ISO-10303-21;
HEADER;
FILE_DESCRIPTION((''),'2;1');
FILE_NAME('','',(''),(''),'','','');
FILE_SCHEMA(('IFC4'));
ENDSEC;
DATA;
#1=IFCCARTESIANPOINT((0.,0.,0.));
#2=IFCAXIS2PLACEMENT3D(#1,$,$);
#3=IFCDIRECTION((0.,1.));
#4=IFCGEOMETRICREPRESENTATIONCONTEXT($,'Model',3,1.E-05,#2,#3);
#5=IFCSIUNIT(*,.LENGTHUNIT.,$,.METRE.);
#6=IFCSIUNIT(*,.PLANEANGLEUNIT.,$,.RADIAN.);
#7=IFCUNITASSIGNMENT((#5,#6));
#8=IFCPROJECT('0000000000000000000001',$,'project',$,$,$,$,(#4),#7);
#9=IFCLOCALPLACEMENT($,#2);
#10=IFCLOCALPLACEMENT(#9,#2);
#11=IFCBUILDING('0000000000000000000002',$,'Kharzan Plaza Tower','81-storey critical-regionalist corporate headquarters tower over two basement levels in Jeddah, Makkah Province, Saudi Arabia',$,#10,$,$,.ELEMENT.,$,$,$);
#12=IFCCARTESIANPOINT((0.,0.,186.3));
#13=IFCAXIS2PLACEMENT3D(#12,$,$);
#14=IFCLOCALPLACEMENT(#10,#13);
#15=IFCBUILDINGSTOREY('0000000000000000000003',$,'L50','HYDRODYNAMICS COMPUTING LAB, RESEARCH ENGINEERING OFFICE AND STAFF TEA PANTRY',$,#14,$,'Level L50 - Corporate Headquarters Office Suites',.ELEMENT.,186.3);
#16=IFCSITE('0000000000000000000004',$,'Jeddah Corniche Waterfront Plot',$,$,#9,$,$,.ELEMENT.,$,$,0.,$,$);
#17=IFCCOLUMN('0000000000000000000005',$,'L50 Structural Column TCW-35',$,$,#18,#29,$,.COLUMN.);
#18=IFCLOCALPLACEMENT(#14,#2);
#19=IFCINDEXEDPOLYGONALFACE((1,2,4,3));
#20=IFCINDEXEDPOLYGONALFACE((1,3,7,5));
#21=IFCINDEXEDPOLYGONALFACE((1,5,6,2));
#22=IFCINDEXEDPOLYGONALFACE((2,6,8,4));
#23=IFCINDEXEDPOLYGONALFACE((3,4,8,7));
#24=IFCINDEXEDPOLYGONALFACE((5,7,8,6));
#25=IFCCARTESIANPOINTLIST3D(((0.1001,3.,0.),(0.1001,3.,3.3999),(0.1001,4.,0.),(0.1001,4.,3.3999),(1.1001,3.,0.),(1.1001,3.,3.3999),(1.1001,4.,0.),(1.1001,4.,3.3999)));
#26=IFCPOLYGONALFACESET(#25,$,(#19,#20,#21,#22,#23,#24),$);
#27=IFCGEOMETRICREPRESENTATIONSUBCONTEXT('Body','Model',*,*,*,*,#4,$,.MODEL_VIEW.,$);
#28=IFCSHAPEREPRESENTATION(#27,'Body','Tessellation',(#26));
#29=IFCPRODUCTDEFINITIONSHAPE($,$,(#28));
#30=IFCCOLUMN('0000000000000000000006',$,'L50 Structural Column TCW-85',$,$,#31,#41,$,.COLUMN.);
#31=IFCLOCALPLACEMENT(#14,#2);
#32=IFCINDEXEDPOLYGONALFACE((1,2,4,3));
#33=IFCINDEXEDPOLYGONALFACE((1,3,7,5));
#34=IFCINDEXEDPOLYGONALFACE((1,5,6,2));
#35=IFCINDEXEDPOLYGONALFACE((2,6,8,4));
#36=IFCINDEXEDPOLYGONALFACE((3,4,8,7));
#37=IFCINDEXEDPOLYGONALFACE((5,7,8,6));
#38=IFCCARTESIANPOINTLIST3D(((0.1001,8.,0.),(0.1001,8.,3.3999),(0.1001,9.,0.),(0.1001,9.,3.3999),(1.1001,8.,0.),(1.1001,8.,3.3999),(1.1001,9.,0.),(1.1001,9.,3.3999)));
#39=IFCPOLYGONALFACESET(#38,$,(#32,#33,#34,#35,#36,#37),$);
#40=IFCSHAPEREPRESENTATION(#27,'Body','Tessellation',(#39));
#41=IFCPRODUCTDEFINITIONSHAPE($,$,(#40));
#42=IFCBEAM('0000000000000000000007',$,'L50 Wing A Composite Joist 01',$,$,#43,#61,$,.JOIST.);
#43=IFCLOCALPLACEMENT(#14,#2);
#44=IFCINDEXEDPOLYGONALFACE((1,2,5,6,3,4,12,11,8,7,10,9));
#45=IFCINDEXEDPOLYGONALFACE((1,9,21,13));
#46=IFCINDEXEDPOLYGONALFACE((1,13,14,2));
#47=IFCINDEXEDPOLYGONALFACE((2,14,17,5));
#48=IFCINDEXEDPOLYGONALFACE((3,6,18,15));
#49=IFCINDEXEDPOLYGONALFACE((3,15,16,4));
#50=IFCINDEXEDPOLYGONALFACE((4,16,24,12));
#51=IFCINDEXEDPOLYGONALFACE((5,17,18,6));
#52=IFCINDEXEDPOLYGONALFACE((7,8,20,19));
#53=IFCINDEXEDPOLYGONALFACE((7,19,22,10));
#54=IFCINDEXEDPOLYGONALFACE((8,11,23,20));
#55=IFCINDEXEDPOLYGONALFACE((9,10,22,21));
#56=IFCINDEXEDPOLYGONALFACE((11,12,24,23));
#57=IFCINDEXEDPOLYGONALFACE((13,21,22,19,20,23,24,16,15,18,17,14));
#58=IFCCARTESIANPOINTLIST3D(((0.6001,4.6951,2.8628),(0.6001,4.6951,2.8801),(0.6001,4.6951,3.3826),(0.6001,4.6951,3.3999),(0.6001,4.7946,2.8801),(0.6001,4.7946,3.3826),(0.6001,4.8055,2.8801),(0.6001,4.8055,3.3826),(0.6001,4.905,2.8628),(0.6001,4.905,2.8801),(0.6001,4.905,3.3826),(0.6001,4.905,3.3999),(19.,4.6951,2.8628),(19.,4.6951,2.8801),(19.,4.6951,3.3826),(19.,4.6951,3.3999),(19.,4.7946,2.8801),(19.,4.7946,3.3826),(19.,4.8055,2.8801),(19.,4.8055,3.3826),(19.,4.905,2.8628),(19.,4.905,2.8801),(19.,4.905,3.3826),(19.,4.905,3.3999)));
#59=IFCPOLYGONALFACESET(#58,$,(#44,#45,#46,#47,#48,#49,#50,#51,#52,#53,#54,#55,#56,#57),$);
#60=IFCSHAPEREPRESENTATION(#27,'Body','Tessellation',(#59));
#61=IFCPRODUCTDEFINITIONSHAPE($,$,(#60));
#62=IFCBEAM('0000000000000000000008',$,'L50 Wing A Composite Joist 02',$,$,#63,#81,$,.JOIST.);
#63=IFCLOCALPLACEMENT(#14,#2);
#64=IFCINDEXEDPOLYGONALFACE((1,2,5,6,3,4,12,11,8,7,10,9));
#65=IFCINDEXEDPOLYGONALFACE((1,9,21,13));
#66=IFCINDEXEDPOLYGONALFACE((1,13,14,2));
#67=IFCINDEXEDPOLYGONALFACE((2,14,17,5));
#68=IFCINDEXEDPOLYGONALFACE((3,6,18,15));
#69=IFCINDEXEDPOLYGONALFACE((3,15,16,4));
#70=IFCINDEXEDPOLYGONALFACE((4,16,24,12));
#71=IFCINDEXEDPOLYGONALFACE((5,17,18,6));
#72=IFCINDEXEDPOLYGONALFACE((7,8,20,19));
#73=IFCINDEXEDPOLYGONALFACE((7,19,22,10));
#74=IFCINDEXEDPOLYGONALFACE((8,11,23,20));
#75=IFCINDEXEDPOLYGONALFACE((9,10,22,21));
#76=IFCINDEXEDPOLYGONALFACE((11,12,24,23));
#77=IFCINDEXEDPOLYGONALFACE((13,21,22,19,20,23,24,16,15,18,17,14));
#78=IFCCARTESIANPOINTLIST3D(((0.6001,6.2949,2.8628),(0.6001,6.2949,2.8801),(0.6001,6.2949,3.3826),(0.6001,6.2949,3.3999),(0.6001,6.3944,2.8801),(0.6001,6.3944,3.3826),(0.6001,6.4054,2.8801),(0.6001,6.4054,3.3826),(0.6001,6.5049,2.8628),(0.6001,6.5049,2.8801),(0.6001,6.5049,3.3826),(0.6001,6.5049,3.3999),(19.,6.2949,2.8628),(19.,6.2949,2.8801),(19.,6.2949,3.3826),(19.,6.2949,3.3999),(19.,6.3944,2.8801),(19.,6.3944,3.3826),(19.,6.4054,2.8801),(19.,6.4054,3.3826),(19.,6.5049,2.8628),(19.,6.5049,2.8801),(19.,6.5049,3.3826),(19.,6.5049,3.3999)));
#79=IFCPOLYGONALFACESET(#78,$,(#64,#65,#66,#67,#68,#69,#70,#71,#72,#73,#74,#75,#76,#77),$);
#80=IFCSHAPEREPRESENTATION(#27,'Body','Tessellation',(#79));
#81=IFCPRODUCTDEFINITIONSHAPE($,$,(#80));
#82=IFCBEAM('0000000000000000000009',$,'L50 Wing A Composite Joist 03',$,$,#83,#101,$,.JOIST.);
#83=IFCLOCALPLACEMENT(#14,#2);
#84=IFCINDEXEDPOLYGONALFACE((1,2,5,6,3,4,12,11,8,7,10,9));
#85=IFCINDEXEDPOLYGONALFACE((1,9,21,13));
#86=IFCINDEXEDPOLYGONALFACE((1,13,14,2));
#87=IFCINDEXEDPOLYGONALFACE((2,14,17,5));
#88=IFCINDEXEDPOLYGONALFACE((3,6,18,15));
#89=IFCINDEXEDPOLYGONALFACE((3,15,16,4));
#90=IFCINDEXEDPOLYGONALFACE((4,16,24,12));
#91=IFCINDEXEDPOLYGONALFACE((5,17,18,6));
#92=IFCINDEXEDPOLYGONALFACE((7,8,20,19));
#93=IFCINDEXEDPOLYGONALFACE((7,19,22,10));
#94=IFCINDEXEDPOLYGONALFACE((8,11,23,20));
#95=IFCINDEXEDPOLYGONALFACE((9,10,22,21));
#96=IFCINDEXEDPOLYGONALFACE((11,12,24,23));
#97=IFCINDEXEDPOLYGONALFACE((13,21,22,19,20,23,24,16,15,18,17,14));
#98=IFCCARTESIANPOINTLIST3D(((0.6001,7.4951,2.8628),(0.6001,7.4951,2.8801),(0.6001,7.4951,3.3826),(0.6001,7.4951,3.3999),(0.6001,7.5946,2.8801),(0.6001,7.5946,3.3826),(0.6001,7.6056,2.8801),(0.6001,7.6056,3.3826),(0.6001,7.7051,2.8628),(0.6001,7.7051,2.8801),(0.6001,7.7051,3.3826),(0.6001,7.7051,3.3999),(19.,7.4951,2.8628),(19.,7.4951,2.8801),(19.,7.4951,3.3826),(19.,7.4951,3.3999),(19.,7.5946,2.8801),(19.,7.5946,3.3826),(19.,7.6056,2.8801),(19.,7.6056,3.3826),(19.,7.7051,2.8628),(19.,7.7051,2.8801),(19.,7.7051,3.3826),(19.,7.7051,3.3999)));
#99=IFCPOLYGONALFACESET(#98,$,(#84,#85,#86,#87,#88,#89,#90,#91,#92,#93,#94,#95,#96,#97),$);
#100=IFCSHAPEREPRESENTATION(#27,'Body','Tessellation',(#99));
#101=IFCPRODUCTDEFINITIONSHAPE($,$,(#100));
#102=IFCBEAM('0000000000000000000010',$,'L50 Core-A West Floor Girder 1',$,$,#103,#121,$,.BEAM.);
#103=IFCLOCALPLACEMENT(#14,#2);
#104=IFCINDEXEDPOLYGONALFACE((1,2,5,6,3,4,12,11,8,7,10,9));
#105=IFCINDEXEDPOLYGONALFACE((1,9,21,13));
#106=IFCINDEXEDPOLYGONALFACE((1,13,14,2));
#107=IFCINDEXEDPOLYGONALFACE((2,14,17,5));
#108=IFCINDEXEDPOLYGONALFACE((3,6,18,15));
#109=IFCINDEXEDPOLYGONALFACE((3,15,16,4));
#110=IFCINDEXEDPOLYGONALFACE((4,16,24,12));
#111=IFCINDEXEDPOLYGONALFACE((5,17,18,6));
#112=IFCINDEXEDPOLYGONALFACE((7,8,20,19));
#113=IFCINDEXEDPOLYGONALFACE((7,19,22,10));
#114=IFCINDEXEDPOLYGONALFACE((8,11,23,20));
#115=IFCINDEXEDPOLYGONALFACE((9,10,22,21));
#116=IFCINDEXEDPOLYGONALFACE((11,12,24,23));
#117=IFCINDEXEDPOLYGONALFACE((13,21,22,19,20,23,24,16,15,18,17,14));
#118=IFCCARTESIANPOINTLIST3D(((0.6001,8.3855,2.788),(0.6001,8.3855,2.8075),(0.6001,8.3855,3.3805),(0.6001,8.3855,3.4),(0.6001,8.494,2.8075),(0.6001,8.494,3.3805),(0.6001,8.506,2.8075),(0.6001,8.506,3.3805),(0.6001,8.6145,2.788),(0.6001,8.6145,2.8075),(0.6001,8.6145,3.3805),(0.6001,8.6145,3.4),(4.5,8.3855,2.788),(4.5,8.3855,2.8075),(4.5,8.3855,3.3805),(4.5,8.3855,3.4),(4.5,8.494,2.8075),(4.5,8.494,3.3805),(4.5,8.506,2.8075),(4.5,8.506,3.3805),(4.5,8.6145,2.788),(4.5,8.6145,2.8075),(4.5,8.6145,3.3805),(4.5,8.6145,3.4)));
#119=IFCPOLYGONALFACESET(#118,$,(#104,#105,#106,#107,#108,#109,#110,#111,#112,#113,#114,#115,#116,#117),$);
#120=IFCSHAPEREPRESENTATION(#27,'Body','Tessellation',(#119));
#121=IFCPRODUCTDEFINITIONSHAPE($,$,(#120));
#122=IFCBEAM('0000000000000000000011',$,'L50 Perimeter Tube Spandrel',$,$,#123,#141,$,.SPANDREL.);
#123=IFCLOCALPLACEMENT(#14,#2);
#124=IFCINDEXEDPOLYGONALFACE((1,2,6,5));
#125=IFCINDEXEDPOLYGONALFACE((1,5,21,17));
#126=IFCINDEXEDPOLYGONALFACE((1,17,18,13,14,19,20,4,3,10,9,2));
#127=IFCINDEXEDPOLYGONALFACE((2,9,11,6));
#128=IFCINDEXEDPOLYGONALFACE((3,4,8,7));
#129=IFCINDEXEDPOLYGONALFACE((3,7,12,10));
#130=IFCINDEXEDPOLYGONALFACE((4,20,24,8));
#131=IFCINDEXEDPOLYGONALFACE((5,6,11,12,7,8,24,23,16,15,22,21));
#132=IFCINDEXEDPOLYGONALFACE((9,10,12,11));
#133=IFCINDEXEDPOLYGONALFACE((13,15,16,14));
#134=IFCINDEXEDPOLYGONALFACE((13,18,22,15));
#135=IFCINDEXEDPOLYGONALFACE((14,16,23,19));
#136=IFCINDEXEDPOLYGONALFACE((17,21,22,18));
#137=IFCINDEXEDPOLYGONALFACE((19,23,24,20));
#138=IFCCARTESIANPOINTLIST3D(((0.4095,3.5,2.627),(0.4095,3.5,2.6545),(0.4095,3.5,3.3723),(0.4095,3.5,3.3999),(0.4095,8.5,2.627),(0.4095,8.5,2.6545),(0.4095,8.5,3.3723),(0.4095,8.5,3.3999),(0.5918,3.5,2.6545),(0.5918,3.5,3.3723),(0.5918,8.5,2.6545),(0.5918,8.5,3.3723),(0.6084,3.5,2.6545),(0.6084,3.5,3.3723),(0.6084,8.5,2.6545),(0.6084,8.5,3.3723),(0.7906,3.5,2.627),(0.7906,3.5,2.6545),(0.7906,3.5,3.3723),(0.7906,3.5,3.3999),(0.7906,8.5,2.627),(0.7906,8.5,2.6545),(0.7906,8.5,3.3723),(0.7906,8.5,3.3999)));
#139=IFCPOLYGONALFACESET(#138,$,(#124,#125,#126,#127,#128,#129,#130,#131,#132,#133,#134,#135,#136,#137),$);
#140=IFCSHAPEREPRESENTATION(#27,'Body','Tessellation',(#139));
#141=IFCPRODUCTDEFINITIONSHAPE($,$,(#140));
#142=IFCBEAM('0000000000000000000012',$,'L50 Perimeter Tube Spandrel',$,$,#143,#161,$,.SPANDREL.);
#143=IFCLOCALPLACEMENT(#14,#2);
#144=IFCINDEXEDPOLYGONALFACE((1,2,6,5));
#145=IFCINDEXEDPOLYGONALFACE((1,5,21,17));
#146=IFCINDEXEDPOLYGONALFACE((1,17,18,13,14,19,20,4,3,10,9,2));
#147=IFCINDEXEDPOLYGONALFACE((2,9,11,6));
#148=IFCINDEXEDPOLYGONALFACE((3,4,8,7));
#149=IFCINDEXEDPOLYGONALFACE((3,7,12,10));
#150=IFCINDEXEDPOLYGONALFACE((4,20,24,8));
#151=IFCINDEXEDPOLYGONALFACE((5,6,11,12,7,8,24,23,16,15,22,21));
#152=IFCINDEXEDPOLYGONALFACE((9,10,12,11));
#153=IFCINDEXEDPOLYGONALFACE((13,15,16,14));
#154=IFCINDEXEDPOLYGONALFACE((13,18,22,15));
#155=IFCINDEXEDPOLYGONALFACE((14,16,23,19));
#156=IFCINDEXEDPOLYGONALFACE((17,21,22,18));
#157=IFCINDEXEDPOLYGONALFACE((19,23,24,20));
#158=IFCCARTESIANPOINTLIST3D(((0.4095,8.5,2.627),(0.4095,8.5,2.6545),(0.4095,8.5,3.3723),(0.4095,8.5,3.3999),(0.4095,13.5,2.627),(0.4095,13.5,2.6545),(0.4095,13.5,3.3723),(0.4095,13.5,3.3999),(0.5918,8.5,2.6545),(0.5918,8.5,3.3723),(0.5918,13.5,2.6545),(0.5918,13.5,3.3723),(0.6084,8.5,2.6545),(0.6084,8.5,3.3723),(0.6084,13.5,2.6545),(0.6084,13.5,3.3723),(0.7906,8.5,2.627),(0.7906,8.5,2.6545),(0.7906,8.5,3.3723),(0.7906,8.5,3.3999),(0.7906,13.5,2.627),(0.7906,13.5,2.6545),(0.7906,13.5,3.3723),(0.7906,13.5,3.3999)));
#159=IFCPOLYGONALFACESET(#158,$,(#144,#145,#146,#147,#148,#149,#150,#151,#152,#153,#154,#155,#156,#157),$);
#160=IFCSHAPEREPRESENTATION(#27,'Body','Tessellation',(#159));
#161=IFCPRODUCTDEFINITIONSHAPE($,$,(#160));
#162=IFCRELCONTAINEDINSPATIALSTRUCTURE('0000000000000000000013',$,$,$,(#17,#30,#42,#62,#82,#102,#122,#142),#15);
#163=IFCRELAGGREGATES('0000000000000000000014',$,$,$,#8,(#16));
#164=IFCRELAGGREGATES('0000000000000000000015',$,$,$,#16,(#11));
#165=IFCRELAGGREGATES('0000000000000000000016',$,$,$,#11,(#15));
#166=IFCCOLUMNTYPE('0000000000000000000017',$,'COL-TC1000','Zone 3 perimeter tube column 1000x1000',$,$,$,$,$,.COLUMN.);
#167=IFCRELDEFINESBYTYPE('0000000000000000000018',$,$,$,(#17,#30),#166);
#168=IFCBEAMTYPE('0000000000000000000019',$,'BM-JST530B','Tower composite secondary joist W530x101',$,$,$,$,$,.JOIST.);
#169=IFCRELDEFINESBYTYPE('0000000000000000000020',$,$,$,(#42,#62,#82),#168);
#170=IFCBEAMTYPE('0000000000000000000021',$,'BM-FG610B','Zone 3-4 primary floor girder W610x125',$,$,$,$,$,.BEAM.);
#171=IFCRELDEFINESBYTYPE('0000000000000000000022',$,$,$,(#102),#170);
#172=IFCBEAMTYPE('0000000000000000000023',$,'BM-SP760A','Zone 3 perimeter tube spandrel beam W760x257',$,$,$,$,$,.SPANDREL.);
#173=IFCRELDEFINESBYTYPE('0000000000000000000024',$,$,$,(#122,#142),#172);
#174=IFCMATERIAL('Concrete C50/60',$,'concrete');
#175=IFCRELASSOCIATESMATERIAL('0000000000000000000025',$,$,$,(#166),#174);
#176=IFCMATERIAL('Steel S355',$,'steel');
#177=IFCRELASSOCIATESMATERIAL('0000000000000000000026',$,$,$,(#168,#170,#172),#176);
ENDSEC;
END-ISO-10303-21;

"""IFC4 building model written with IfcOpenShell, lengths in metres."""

from ifc_helpers import new_model, si_unit, direction, frame, origin, origin_2d, place, context, subcontext, project, spatial, rectangle, i_section, extrude, source, transform, mapped, material, material_profile, profile_set, type_object, element, save


model = new_model("IFC4")

# Units and contexts
model_context = context("Model", 3, precision=1e-05, world=origin(), true_north=direction((0.0, 1.0)))
body_context = subcontext(model_context, "Body", "Model", "MODEL_VIEW")
ifc_project = project(units=[si_unit("LENGTHUNIT", "METRE"), si_unit("PLANEANGLEUNIT", "RADIAN")], contexts=[model_context])

# Site, building, storey
site_placement = place(None, origin())
site = spatial("IfcSite", under=ifc_project, at=site_placement, Name="Jeddah Corniche Waterfront Plot", CompositionType="ELEMENT", RefElevation=0.0)
building_placement = place(site_placement, origin())
building = spatial("IfcBuilding", under=site, at=building_placement, Name="Kharzan Plaza Tower", Description="81-storey critical-regionalist corporate headquarters tower over two basement levels in Jeddah, Makkah Province, Saudi Arabia", CompositionType="ELEMENT")
storey_placement = place(building_placement, frame((0.0, 0.0, 186.3)))
storey = spatial("IfcBuildingStorey", under=building, at=storey_placement, Name="L50", Description="HYDRODYNAMICS COMPUTING LAB, RESEARCH ENGINEERING OFFICE AND STAFF TEA PANTRY", LongName="Level L50 - Corporate Headquarters Office Suites", CompositionType="ELEMENT", Elevation=186.3)

# Columns
ifc_material_1 = material(Name="Concrete C50/60", Category="concrete")
ifc_material_profile_1 = material_profile(ifc_material_1, rectangle(XDim=1.0, YDim=1.0, at=origin_2d()), Name="RC-TC1000x1000")
ifc_profile_set_1 = profile_set([ifc_material_profile_1], Name="Concrete C50/60")
column_type = type_object("IfcColumnType", Name="COL-TC1000", Description="Zone 3 perimeter tube column 1000x1000", PredefinedType="COLUMN", material=ifc_profile_set_1)
shared_shape_1 = source(origin(), body_context, "Body", "SweptSolid", [
    extrude(rectangle(XDim=1.0, YDim=1.0, at=origin_2d()), origin(), (0.0, 0.0, 1.0), 3.3999),
])
for number, where, z_axis, x_axis, name in (
    (1, (0.6001, 3.5, 0.0), (0.0, 0.0, 1.0), (1.0, 0.0, 0.0), "L50 Structural Column TCW-35"),
    (2, (0.6001, 8.5, 0.0), (0.0, 0.0, 1.0), (1.0, 0.0, 0.0), "L50 Structural Column TCW-85"),
):
    element("IfcColumn", number, at=place(storey_placement, frame(where, z_axis=z_axis, x_axis=x_axis)), inside=storey, type_object=column_type, Name=name, PredefinedType="COLUMN", context=body_context, shape_type="MappedRepresentation", body=[
        mapped(shared_shape_1, transform((0.0, 0.0, 0.0), x_axis=(1.0, 0.0, 0.0), y_axis=(0.0, 1.0, 0.0), z_axis=(0.0, 0.0, 1.0))),
    ])

# Beams
ifc_material_2 = material(Name="Steel S355", Category="steel")
ifc_material_profile_2 = material_profile(ifc_material_2, i_section(OverallWidth=0.21, OverallDepth=0.5371, WebThickness=0.011, FlangeThickness=0.0173, at=origin_2d()), Name="W530x101")
ifc_profile_set_2 = profile_set([ifc_material_profile_2], Name="Steel S355")
beam_type_1 = type_object("IfcBeamType", Name="BM-JST530B", Description="Tower composite secondary joist W530x101", PredefinedType="JOIST", material=ifc_profile_set_2)
shared_shape_2 = source(origin(), body_context, "Body", "SweptSolid", [
    extrude(i_section(OverallWidth=0.21, OverallDepth=0.5371, WebThickness=0.011, FlangeThickness=0.0173, at=origin_2d()), origin(), (0.0, 0.0, 1.0), 18.3999),
])
for number, where, z_axis, x_axis, name in (
    (3, (0.6001, 4.8, 3.1313), (1.0, 0.0, 0.0), (0.0, 1.0, 0.0), "L50 Wing A Composite Joist 01"),
    (4, (0.6001, 6.3999, 3.1313), (1.0, 0.0, 0.0), (0.0, 1.0, 0.0), "L50 Wing A Composite Joist 02"),
    (5, (0.6001, 7.6001, 3.1313), (1.0, 0.0, 0.0), (0.0, 1.0, 0.0), "L50 Wing A Composite Joist 03"),
):
    element("IfcBeam", number, at=place(storey_placement, frame(where, z_axis=z_axis, x_axis=x_axis)), inside=storey, type_object=beam_type_1, Name=name, PredefinedType="JOIST", context=body_context, shape_type="MappedRepresentation", body=[
        mapped(shared_shape_2, transform((0.0, 0.0, 0.0), x_axis=(1.0, 0.0, 0.0), y_axis=(0.0, 1.0, 0.0), z_axis=(0.0, 0.0, 1.0))),
    ])
ifc_material_profile_3 = material_profile(ifc_material_2, i_section(OverallWidth=0.229, OverallDepth=0.6121, WebThickness=0.012, FlangeThickness=0.0195, at=origin_2d()), Name="W610x125")
ifc_profile_set_3 = profile_set([ifc_material_profile_3], Name="Steel S355")
beam_type_2 = type_object("IfcBeamType", Name="BM-FG610B", Description="Zone 3-4 primary floor girder W610x125", PredefinedType="BEAM", material=ifc_profile_set_3)
shared_shape_3 = source(origin(), body_context, "Body", "SweptSolid", [
    extrude(i_section(OverallWidth=0.229, OverallDepth=0.6121, WebThickness=0.012, FlangeThickness=0.0195, at=origin_2d()), origin(), (0.0, 0.0, 1.0), 3.8999),
])
beam_placement = place(storey_placement, frame((0.6001, 8.5, 3.094), z_axis=(1.0, 0.0, 0.0), x_axis=(0.0, 1.0, 0.0)))
element("IfcBeam", 6, at=beam_placement, inside=storey, type_object=beam_type_2, Name="L50 Core-A West Floor Girder 1", PredefinedType="BEAM", context=body_context, shape_type="MappedRepresentation", body=[
    mapped(shared_shape_3, transform((0.0, 0.0, 0.0), x_axis=(1.0, 0.0, 0.0), y_axis=(0.0, 1.0, 0.0), z_axis=(0.0, 0.0, 1.0))),
])
ifc_material_profile_4 = material_profile(ifc_material_2, i_section(OverallWidth=0.3811, OverallDepth=0.7729, WebThickness=0.0166, FlangeThickness=0.0276, at=origin_2d()), Name="W760x257")
ifc_profile_set_4 = profile_set([ifc_material_profile_4], Name="Steel S355")
beam_type_3 = type_object("IfcBeamType", Name="BM-SP760A", Description="Zone 3 perimeter tube spandrel beam W760x257", PredefinedType="SPANDREL", material=ifc_profile_set_4)
shared_shape_4 = source(origin(), body_context, "Body", "SweptSolid", [
    extrude(i_section(OverallWidth=0.3811, OverallDepth=0.7729, WebThickness=0.0166, FlangeThickness=0.0276, at=origin_2d()), origin(), (0.0, 0.0, 1.0), 5.0),
])
for number, where, z_axis, x_axis, name in (
    (7, (0.6001, 3.5, 3.0134), (0.0, 1.0, 0.0), (-1.0, 0.0, 0.0), "L50 Perimeter Tube Spandrel"),
    (8, (0.6001, 8.5, 3.0134), (0.0, 1.0, 0.0), (-1.0, 0.0, 0.0), "L50 Perimeter Tube Spandrel"),
):
    element("IfcBeam", number, at=place(storey_placement, frame(where, z_axis=z_axis, x_axis=x_axis)), inside=storey, type_object=beam_type_3, Name=name, PredefinedType="SPANDREL", context=body_context, shape_type="MappedRepresentation", body=[
        mapped(shared_shape_4, transform((0.0, 0.0, 0.0), x_axis=(1.0, 0.0, 0.0), y_axis=(0.0, 1.0, 0.0), z_axis=(0.0, 0.0, 1.0))),
    ])

save(model, "model.ifc")
